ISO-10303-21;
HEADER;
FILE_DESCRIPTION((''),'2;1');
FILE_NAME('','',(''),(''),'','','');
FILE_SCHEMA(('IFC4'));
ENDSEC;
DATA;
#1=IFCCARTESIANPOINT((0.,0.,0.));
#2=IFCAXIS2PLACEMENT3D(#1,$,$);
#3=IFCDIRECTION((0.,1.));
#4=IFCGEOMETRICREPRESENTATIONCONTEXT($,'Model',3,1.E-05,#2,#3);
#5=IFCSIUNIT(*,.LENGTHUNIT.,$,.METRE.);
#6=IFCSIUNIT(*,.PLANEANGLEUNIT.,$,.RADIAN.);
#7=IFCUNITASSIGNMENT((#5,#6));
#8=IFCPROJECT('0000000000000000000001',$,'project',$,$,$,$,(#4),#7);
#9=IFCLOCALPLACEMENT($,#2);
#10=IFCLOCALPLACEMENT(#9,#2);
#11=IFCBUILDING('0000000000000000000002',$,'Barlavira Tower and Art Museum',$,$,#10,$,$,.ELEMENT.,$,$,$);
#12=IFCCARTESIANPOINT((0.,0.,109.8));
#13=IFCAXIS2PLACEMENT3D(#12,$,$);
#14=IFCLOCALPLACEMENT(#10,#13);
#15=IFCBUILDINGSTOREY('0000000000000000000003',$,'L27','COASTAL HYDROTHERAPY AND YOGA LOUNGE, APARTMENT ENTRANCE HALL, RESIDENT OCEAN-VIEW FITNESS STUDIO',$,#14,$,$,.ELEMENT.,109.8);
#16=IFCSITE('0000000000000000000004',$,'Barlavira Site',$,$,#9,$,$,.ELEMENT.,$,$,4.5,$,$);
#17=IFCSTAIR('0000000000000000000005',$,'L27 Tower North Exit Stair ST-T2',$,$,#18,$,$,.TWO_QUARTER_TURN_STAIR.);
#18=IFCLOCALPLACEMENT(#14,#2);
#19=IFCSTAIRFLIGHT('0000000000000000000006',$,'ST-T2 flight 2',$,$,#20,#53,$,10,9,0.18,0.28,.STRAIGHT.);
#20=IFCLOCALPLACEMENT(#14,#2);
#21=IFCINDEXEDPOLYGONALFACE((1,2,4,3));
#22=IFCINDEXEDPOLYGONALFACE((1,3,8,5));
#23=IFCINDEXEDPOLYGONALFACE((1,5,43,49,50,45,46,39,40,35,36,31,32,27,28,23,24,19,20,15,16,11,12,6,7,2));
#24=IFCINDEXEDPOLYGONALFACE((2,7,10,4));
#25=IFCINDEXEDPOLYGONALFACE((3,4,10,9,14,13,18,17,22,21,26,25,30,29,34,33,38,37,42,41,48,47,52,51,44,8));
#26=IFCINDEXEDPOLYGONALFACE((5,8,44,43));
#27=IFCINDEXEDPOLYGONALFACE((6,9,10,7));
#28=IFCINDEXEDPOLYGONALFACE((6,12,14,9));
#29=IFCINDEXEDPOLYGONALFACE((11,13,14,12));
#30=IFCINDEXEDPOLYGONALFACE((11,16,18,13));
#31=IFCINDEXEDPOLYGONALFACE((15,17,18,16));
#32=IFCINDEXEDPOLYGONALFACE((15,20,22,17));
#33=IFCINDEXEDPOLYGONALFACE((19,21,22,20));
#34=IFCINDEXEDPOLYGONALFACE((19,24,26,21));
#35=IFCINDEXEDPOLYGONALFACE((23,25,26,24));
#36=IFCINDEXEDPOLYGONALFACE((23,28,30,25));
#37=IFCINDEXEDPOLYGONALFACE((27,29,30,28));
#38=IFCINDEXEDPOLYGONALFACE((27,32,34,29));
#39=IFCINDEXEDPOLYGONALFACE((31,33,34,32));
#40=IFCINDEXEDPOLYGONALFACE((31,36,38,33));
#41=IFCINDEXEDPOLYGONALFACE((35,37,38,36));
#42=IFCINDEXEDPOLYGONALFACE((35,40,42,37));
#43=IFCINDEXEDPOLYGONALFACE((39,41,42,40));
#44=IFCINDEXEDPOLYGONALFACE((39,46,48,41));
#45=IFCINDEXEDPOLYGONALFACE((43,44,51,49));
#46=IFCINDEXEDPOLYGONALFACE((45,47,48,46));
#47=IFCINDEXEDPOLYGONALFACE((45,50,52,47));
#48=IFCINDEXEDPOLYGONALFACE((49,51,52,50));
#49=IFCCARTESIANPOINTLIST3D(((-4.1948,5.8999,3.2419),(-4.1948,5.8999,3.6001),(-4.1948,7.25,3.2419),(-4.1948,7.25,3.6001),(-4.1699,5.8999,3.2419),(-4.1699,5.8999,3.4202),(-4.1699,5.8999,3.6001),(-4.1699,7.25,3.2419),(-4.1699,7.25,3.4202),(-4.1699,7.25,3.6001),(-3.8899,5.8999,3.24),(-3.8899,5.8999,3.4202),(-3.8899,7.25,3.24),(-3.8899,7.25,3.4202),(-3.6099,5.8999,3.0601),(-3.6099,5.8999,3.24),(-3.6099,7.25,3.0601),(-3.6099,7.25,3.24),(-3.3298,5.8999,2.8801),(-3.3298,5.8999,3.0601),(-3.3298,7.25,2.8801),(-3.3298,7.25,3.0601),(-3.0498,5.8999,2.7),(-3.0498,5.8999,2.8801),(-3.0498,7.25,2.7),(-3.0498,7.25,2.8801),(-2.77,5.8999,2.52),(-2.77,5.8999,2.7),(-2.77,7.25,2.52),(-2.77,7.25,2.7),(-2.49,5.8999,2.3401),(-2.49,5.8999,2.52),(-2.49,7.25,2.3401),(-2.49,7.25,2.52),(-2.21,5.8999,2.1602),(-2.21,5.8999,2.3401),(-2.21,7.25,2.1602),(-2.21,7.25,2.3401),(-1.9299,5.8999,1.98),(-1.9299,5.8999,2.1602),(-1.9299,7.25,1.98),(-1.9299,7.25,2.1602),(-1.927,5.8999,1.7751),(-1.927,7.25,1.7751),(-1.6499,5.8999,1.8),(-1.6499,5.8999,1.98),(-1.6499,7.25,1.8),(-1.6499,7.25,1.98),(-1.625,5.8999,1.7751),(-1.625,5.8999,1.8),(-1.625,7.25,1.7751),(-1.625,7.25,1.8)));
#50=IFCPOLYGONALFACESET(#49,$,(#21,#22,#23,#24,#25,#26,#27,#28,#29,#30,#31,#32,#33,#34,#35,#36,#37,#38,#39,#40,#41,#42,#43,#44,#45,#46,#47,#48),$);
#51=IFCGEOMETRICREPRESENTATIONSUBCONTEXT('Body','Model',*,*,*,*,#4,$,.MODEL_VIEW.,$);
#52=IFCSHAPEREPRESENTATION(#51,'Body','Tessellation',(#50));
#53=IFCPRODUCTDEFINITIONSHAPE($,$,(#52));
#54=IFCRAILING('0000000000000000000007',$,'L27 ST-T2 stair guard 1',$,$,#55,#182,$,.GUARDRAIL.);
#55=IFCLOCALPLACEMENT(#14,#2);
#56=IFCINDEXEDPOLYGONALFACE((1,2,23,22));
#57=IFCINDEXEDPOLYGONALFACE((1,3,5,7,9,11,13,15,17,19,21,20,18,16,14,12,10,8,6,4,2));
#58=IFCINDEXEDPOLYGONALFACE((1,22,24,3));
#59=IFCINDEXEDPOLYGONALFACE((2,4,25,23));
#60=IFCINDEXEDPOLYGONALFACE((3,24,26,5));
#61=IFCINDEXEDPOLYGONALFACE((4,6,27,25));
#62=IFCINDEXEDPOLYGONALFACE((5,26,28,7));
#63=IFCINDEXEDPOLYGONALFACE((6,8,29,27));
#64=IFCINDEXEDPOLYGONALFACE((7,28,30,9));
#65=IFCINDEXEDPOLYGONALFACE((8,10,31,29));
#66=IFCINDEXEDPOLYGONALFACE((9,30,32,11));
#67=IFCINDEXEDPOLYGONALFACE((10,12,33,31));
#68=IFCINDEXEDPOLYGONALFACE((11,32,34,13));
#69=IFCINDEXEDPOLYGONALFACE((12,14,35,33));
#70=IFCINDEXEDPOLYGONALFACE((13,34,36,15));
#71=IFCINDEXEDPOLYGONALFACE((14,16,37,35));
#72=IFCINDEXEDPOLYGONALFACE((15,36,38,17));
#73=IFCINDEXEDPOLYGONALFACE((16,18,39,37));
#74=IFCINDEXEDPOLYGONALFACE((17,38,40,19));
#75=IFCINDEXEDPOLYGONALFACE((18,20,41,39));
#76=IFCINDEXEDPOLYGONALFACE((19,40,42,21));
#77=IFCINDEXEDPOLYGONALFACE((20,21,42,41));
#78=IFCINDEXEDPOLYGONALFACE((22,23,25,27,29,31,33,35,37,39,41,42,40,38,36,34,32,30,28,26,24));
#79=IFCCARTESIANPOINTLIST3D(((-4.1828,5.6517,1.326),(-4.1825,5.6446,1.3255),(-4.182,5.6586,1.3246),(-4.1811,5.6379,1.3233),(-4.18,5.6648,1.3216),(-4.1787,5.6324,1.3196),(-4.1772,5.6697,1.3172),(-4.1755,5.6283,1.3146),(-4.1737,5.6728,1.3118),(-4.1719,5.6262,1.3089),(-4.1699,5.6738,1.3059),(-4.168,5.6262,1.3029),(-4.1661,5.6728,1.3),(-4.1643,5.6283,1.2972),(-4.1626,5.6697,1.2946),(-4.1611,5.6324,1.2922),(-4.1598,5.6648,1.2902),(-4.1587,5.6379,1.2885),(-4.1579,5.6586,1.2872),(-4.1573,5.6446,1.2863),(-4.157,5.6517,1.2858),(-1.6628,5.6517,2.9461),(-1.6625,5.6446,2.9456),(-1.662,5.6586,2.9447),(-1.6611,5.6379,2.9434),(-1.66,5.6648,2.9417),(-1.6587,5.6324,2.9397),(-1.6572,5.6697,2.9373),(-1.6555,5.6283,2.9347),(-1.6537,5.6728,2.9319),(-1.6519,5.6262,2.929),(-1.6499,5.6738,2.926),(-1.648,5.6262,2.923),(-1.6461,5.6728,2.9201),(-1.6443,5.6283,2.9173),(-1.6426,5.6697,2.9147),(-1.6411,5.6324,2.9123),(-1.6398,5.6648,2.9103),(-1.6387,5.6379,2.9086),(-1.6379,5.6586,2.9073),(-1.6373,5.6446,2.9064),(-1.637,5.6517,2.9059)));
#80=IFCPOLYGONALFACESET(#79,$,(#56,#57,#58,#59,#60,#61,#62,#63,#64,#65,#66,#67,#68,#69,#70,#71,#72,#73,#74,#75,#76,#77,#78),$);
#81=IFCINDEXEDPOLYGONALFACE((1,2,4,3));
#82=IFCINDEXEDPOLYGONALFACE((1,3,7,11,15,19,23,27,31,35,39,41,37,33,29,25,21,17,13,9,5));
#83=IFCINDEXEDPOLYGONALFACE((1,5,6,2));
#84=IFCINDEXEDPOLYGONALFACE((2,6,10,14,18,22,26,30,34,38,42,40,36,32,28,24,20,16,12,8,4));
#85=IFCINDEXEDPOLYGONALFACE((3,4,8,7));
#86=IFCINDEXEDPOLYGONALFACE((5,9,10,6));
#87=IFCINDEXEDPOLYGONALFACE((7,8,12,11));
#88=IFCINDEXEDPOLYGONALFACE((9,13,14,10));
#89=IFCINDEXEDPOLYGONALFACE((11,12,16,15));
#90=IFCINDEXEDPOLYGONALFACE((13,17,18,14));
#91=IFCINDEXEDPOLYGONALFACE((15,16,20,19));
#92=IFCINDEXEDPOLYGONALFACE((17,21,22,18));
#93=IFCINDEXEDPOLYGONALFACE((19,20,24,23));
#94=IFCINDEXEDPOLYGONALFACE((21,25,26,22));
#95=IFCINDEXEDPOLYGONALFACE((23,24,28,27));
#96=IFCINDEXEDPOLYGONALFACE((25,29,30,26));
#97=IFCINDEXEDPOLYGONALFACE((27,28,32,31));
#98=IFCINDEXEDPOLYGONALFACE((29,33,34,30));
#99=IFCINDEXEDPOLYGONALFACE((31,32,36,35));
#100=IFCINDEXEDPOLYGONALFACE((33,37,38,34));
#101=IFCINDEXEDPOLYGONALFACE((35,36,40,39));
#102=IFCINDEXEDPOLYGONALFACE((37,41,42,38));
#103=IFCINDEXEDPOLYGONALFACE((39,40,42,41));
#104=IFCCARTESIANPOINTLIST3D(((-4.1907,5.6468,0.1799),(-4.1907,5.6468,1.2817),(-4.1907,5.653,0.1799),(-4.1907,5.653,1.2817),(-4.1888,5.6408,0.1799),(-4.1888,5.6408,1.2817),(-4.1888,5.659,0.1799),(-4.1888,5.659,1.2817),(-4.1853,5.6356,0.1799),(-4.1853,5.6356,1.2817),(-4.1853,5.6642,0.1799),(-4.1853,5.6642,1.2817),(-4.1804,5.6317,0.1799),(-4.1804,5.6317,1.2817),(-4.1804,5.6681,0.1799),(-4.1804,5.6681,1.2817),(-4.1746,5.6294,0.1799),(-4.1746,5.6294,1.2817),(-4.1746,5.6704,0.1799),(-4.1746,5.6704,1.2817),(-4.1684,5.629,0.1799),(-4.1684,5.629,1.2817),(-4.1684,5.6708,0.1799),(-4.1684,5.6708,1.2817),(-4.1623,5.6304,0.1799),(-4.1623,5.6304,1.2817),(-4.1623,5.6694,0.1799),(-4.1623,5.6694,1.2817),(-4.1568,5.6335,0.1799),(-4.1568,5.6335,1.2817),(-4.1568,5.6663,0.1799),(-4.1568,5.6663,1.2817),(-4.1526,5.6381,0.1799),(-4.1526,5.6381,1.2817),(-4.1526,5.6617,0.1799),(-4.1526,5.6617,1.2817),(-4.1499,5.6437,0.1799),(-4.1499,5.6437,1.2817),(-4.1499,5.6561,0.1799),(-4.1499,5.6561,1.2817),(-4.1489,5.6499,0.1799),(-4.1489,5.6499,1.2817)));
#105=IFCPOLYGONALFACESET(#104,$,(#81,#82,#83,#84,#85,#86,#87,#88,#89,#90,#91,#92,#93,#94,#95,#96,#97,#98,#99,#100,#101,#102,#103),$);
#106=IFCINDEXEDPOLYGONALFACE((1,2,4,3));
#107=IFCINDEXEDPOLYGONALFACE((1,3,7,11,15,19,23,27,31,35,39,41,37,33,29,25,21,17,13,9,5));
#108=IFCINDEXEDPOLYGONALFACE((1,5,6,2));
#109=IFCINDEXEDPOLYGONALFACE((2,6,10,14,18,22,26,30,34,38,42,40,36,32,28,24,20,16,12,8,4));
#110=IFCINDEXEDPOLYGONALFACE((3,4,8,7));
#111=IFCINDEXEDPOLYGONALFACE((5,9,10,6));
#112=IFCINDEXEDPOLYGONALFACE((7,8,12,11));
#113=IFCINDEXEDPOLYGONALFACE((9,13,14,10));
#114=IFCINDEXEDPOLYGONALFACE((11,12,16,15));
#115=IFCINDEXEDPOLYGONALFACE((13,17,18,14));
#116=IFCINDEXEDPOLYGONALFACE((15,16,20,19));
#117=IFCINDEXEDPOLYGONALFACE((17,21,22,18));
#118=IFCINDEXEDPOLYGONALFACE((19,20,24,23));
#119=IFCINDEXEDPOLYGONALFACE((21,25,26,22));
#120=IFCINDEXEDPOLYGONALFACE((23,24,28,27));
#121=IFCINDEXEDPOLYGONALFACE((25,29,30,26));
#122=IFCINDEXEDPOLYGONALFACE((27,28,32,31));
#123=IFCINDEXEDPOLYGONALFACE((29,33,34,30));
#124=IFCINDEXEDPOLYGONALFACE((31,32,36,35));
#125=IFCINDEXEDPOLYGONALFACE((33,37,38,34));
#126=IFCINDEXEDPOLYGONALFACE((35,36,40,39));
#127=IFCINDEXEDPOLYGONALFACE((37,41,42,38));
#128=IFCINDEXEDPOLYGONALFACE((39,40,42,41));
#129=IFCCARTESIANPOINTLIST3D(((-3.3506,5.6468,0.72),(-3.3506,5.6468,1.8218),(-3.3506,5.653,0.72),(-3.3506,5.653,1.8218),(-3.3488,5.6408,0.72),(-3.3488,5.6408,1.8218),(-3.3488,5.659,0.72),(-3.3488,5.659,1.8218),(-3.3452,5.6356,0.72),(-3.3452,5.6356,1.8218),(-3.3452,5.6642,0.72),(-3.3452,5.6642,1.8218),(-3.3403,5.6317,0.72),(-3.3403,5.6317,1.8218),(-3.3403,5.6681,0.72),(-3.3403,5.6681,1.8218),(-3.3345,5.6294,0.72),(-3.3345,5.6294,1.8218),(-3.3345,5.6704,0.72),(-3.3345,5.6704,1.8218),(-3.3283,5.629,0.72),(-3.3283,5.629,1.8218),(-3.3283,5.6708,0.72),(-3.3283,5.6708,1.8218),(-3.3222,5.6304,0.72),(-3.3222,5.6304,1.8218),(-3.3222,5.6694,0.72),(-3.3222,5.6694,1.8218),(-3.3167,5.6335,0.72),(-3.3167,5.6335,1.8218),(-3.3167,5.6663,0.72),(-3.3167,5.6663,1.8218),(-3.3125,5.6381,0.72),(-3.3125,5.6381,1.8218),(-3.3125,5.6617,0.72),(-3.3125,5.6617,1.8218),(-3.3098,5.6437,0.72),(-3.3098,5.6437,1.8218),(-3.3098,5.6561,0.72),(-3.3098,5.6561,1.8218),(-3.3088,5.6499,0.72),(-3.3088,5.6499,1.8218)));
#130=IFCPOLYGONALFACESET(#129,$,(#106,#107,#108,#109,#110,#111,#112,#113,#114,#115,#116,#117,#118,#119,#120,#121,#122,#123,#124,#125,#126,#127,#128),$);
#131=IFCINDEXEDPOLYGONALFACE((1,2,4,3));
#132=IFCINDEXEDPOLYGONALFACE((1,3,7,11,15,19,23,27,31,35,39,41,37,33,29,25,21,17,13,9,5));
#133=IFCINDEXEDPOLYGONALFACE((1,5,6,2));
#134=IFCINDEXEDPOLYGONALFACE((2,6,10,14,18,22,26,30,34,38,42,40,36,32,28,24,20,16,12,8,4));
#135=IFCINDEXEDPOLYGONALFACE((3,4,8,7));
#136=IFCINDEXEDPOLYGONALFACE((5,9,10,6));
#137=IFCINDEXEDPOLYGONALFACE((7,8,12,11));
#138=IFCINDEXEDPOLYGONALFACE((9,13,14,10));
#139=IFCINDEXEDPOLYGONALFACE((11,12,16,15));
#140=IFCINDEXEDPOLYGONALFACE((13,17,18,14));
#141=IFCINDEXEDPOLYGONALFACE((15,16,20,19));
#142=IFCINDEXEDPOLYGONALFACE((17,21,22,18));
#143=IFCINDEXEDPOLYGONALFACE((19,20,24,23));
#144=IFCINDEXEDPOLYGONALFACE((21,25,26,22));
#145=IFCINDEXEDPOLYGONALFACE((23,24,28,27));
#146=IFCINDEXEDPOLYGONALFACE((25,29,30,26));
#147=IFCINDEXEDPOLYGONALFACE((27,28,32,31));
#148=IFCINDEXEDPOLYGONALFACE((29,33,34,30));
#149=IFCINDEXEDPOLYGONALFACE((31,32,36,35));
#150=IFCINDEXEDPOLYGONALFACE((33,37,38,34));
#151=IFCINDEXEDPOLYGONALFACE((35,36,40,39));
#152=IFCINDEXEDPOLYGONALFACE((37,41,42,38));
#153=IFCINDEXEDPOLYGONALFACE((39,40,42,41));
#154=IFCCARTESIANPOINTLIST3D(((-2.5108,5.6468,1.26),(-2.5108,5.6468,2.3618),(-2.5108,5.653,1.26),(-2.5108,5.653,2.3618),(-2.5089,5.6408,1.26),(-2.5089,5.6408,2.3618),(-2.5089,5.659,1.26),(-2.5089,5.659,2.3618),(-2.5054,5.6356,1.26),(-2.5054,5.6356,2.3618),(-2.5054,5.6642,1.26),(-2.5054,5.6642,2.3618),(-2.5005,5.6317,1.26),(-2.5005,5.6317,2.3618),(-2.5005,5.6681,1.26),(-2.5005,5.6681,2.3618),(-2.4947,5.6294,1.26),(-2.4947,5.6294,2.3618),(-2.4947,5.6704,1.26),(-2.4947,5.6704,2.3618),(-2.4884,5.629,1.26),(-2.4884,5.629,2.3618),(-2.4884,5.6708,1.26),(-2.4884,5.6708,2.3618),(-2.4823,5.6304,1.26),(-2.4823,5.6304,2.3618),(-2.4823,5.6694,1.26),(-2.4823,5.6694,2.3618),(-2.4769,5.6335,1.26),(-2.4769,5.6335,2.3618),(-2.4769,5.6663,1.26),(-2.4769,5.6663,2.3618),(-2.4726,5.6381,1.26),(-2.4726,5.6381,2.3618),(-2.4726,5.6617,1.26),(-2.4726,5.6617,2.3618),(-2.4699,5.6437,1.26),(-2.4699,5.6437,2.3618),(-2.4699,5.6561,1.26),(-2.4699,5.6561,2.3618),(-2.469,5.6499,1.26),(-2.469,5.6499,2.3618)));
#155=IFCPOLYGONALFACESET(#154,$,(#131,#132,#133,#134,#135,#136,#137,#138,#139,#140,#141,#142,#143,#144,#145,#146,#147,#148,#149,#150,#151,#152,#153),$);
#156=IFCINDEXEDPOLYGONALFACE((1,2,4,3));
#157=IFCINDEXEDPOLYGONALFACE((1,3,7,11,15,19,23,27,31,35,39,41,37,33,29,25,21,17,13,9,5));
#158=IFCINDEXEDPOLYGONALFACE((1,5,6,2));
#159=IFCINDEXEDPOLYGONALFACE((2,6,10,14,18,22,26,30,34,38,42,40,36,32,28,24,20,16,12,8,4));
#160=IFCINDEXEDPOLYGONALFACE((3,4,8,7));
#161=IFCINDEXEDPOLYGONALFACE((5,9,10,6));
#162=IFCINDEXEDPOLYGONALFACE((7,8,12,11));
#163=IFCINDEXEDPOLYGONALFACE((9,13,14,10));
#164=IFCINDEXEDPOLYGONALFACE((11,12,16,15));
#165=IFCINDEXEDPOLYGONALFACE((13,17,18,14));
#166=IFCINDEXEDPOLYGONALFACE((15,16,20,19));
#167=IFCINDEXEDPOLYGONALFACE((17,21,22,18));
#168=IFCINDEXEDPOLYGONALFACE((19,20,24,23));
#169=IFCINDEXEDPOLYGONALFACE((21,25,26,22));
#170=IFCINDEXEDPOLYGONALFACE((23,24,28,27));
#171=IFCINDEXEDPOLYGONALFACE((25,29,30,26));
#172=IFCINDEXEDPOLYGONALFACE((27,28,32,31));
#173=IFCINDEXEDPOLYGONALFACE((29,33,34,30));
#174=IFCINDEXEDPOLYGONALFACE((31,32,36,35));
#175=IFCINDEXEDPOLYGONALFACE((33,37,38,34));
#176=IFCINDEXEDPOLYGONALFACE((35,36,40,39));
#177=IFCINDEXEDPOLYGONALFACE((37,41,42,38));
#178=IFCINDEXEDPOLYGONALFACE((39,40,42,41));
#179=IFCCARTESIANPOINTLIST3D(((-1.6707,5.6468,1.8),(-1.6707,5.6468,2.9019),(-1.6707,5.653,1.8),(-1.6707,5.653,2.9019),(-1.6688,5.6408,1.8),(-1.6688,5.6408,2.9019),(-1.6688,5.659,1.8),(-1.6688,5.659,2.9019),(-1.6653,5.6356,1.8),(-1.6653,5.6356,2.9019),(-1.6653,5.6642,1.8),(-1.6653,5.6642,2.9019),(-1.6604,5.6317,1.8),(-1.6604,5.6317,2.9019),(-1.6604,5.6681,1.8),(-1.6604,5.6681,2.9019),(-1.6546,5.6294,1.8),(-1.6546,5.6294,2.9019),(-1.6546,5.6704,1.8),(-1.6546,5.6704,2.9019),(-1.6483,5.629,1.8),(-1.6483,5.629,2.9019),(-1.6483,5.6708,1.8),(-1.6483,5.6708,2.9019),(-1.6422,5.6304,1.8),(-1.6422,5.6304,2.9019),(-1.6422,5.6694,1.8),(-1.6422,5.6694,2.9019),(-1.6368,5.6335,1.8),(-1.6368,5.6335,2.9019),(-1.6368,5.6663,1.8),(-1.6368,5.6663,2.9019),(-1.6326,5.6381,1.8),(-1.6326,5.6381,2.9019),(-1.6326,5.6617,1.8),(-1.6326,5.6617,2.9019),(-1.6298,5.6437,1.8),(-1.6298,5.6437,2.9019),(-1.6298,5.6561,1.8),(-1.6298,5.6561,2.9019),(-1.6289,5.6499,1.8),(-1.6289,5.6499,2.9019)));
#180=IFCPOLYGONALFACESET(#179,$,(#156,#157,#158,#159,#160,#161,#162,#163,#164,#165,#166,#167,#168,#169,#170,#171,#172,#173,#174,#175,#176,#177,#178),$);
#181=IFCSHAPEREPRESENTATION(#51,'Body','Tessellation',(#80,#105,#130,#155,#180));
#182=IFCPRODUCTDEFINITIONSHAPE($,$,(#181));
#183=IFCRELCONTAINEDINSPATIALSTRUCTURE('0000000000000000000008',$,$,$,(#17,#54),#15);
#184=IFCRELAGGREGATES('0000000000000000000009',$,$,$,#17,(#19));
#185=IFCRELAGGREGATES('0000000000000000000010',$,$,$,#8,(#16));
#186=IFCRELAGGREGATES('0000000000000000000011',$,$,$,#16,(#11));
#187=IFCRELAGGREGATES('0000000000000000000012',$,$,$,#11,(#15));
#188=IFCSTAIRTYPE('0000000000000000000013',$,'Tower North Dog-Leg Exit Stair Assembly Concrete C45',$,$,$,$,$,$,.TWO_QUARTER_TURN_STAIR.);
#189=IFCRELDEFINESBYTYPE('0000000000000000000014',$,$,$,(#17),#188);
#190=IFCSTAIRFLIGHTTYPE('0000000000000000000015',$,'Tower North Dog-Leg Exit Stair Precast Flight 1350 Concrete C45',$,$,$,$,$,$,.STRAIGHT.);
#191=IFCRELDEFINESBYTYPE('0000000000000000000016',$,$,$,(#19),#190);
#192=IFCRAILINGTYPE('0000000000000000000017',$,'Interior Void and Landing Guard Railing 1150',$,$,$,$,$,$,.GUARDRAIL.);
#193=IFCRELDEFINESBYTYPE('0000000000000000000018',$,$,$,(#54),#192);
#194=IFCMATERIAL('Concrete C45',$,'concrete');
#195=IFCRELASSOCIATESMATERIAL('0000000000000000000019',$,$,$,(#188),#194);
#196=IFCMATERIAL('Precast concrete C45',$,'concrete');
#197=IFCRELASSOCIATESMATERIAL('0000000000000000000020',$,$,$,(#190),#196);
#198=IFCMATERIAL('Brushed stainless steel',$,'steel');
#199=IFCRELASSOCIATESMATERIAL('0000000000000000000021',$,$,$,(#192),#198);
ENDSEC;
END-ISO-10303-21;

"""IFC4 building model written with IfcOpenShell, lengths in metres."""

from ifc_helpers import new_model, si_unit, direction, frame, origin, origin_2d, place, context, subcontext, project, spatial, polyline, circle, outline, extrude, material, type_object, element, aggregate, save


model = new_model("IFC4")

# Units and contexts
model_context = context("Model", 3, precision=1e-05, world=origin(), true_north=direction((0.0, 1.0)))
body_context = subcontext(model_context, "Body", "Model", "MODEL_VIEW")
ifc_project = project(units=[si_unit("LENGTHUNIT", "METRE"), si_unit("PLANEANGLEUNIT", "RADIAN")], contexts=[model_context])

# Site, building, storey
site_placement = place(None, origin())
site = spatial("IfcSite", under=ifc_project, at=site_placement, Name="Barlavira Site", CompositionType="ELEMENT", RefElevation=4.5)
building_placement = place(site_placement, origin())
building = spatial("IfcBuilding", under=site, at=building_placement, Name="Barlavira Tower and Art Museum", CompositionType="ELEMENT")
storey_placement = place(building_placement, frame((0.0, 0.0, 109.8)))
storey = spatial("IfcBuildingStorey", under=building, at=storey_placement, Name="L27", Description="COASTAL HYDROTHERAPY AND YOGA LOUNGE, APARTMENT ENTRANCE HALL, RESIDENT OCEAN-VIEW FITNESS STUDIO", CompositionType="ELEMENT", Elevation=109.8)

# Shared definitions
ifc_material_1 = material(Name="Brushed stainless steel", Category="steel")

# Stair, stair flight
ifc_material_2 = material(Name="Concrete C45", Category="concrete")
stair_type = type_object("IfcStairType", Name="Tower North Dog-Leg Exit Stair Assembly Concrete C45", PredefinedType="TWO_QUARTER_TURN_STAIR", material=ifc_material_2)
stair_placement = place(storey_placement, origin())
stair = element("IfcStair", 1, at=stair_placement, inside=storey, type_object=stair_type, Name="L27 Tower North Exit Stair ST-T2", PredefinedType="TWO_QUARTER_TURN_STAIR")
ifc_material_3 = material(Name="Precast concrete C45", Category="concrete")
stair_flight_type = type_object("IfcStairFlightType", Name="Tower North Dog-Leg Exit Stair Precast Flight 1350 Concrete C45", PredefinedType="STRAIGHT", material=ifc_material_3)
stair_flight_1_placement = place(storey_placement, frame((-1.6499, 6.575, 1.8), z_axis=(0.0, 0.0, 1.0), x_axis=(-1.0, 0.0, 0.0)))
stair_flight_1 = element("IfcStairFlight", 2, at=stair_flight_1_placement, type_object=stair_flight_type, Name="ST-T2 flight 2", NumberOfRisers=10, NumberOfTreads=9, PredefinedType="STRAIGHT", RiserHeight=0.18, TreadLength=0.28, context=body_context, shape_type="SweptSolid", body=[
    extrude(outline(polyline([(-0.0249, 0.0), (0.0, 0.0), (0.0, 0.1799), (0.28, 0.1799), (0.28, 0.3601), (0.5601, 0.3601), (0.5601, 0.54), (0.8401, 0.54), (0.8401, 0.72), (1.1201, 0.72), (1.1201, 0.8999), (1.3999, 0.8999), (1.3999, 1.0801), (1.6799, 1.0801), (1.6799, 1.26), (1.96, 1.26), (1.96, 1.4399), (2.24, 1.4399), (2.24, 1.6201), (2.52, 1.6201), (2.52, 1.8), (2.5449, 1.8), (2.5449, 1.4419), (2.52, 1.4419), (0.2771, -0.0249), (-0.0249, -0.0249), (-0.0249, 0.0)])), frame((0.0, 0.675, 0.0), z_axis=(0.0, -1.0, 0.0), x_axis=(1.0, 0.0, 0.0)), (0.0, 0.0, 1.0), 1.3501),
])
aggregate(stair, [stair_flight_1])

# Railing
railing_type_1 = type_object("IfcRailingType", Name="Interior Void and Landing Guard Railing 1150", PredefinedType="GUARDRAIL", material=ifc_material_1)
railing_1_placement = place(storey_placement, frame((-4.1699, 5.6499, 0.1799)))
element("IfcRailing", 3, at=railing_1_placement, inside=storey, type_object=railing_type_1, Name="L27 ST-T2 stair guard 1", PredefinedType="GUARDRAIL", context=body_context, shape_type="SweptSolid", body=[
    extrude(circle(Radius=0.0239, at=origin_2d()), frame((0.0, 0.0, 1.126), z_axis=(0.841163, 0.0, 0.540782), x_axis=(0.0, 1.0, 0.0)), (0.0, 0.0, 1.0), 2.9958),
    extrude(circle(Radius=0.021, at=origin_2d()), origin(), (0.0, 0.0, 1.0), 1.1018),
    extrude(circle(Radius=0.021, at=origin_2d()), frame((0.8401, 0.0, 0.54)), (0.0, 0.0, 1.0), 1.1018),
    extrude(circle(Radius=0.021, at=origin_2d()), frame((1.6799, 0.0, 1.0801)), (0.0, 0.0, 1.0), 1.1018),
    extrude(circle(Radius=0.021, at=origin_2d()), frame((2.52, 0.0, 1.6201)), (0.0, 0.0, 1.0), 1.1018),
])

save(model, "model.ifc")
